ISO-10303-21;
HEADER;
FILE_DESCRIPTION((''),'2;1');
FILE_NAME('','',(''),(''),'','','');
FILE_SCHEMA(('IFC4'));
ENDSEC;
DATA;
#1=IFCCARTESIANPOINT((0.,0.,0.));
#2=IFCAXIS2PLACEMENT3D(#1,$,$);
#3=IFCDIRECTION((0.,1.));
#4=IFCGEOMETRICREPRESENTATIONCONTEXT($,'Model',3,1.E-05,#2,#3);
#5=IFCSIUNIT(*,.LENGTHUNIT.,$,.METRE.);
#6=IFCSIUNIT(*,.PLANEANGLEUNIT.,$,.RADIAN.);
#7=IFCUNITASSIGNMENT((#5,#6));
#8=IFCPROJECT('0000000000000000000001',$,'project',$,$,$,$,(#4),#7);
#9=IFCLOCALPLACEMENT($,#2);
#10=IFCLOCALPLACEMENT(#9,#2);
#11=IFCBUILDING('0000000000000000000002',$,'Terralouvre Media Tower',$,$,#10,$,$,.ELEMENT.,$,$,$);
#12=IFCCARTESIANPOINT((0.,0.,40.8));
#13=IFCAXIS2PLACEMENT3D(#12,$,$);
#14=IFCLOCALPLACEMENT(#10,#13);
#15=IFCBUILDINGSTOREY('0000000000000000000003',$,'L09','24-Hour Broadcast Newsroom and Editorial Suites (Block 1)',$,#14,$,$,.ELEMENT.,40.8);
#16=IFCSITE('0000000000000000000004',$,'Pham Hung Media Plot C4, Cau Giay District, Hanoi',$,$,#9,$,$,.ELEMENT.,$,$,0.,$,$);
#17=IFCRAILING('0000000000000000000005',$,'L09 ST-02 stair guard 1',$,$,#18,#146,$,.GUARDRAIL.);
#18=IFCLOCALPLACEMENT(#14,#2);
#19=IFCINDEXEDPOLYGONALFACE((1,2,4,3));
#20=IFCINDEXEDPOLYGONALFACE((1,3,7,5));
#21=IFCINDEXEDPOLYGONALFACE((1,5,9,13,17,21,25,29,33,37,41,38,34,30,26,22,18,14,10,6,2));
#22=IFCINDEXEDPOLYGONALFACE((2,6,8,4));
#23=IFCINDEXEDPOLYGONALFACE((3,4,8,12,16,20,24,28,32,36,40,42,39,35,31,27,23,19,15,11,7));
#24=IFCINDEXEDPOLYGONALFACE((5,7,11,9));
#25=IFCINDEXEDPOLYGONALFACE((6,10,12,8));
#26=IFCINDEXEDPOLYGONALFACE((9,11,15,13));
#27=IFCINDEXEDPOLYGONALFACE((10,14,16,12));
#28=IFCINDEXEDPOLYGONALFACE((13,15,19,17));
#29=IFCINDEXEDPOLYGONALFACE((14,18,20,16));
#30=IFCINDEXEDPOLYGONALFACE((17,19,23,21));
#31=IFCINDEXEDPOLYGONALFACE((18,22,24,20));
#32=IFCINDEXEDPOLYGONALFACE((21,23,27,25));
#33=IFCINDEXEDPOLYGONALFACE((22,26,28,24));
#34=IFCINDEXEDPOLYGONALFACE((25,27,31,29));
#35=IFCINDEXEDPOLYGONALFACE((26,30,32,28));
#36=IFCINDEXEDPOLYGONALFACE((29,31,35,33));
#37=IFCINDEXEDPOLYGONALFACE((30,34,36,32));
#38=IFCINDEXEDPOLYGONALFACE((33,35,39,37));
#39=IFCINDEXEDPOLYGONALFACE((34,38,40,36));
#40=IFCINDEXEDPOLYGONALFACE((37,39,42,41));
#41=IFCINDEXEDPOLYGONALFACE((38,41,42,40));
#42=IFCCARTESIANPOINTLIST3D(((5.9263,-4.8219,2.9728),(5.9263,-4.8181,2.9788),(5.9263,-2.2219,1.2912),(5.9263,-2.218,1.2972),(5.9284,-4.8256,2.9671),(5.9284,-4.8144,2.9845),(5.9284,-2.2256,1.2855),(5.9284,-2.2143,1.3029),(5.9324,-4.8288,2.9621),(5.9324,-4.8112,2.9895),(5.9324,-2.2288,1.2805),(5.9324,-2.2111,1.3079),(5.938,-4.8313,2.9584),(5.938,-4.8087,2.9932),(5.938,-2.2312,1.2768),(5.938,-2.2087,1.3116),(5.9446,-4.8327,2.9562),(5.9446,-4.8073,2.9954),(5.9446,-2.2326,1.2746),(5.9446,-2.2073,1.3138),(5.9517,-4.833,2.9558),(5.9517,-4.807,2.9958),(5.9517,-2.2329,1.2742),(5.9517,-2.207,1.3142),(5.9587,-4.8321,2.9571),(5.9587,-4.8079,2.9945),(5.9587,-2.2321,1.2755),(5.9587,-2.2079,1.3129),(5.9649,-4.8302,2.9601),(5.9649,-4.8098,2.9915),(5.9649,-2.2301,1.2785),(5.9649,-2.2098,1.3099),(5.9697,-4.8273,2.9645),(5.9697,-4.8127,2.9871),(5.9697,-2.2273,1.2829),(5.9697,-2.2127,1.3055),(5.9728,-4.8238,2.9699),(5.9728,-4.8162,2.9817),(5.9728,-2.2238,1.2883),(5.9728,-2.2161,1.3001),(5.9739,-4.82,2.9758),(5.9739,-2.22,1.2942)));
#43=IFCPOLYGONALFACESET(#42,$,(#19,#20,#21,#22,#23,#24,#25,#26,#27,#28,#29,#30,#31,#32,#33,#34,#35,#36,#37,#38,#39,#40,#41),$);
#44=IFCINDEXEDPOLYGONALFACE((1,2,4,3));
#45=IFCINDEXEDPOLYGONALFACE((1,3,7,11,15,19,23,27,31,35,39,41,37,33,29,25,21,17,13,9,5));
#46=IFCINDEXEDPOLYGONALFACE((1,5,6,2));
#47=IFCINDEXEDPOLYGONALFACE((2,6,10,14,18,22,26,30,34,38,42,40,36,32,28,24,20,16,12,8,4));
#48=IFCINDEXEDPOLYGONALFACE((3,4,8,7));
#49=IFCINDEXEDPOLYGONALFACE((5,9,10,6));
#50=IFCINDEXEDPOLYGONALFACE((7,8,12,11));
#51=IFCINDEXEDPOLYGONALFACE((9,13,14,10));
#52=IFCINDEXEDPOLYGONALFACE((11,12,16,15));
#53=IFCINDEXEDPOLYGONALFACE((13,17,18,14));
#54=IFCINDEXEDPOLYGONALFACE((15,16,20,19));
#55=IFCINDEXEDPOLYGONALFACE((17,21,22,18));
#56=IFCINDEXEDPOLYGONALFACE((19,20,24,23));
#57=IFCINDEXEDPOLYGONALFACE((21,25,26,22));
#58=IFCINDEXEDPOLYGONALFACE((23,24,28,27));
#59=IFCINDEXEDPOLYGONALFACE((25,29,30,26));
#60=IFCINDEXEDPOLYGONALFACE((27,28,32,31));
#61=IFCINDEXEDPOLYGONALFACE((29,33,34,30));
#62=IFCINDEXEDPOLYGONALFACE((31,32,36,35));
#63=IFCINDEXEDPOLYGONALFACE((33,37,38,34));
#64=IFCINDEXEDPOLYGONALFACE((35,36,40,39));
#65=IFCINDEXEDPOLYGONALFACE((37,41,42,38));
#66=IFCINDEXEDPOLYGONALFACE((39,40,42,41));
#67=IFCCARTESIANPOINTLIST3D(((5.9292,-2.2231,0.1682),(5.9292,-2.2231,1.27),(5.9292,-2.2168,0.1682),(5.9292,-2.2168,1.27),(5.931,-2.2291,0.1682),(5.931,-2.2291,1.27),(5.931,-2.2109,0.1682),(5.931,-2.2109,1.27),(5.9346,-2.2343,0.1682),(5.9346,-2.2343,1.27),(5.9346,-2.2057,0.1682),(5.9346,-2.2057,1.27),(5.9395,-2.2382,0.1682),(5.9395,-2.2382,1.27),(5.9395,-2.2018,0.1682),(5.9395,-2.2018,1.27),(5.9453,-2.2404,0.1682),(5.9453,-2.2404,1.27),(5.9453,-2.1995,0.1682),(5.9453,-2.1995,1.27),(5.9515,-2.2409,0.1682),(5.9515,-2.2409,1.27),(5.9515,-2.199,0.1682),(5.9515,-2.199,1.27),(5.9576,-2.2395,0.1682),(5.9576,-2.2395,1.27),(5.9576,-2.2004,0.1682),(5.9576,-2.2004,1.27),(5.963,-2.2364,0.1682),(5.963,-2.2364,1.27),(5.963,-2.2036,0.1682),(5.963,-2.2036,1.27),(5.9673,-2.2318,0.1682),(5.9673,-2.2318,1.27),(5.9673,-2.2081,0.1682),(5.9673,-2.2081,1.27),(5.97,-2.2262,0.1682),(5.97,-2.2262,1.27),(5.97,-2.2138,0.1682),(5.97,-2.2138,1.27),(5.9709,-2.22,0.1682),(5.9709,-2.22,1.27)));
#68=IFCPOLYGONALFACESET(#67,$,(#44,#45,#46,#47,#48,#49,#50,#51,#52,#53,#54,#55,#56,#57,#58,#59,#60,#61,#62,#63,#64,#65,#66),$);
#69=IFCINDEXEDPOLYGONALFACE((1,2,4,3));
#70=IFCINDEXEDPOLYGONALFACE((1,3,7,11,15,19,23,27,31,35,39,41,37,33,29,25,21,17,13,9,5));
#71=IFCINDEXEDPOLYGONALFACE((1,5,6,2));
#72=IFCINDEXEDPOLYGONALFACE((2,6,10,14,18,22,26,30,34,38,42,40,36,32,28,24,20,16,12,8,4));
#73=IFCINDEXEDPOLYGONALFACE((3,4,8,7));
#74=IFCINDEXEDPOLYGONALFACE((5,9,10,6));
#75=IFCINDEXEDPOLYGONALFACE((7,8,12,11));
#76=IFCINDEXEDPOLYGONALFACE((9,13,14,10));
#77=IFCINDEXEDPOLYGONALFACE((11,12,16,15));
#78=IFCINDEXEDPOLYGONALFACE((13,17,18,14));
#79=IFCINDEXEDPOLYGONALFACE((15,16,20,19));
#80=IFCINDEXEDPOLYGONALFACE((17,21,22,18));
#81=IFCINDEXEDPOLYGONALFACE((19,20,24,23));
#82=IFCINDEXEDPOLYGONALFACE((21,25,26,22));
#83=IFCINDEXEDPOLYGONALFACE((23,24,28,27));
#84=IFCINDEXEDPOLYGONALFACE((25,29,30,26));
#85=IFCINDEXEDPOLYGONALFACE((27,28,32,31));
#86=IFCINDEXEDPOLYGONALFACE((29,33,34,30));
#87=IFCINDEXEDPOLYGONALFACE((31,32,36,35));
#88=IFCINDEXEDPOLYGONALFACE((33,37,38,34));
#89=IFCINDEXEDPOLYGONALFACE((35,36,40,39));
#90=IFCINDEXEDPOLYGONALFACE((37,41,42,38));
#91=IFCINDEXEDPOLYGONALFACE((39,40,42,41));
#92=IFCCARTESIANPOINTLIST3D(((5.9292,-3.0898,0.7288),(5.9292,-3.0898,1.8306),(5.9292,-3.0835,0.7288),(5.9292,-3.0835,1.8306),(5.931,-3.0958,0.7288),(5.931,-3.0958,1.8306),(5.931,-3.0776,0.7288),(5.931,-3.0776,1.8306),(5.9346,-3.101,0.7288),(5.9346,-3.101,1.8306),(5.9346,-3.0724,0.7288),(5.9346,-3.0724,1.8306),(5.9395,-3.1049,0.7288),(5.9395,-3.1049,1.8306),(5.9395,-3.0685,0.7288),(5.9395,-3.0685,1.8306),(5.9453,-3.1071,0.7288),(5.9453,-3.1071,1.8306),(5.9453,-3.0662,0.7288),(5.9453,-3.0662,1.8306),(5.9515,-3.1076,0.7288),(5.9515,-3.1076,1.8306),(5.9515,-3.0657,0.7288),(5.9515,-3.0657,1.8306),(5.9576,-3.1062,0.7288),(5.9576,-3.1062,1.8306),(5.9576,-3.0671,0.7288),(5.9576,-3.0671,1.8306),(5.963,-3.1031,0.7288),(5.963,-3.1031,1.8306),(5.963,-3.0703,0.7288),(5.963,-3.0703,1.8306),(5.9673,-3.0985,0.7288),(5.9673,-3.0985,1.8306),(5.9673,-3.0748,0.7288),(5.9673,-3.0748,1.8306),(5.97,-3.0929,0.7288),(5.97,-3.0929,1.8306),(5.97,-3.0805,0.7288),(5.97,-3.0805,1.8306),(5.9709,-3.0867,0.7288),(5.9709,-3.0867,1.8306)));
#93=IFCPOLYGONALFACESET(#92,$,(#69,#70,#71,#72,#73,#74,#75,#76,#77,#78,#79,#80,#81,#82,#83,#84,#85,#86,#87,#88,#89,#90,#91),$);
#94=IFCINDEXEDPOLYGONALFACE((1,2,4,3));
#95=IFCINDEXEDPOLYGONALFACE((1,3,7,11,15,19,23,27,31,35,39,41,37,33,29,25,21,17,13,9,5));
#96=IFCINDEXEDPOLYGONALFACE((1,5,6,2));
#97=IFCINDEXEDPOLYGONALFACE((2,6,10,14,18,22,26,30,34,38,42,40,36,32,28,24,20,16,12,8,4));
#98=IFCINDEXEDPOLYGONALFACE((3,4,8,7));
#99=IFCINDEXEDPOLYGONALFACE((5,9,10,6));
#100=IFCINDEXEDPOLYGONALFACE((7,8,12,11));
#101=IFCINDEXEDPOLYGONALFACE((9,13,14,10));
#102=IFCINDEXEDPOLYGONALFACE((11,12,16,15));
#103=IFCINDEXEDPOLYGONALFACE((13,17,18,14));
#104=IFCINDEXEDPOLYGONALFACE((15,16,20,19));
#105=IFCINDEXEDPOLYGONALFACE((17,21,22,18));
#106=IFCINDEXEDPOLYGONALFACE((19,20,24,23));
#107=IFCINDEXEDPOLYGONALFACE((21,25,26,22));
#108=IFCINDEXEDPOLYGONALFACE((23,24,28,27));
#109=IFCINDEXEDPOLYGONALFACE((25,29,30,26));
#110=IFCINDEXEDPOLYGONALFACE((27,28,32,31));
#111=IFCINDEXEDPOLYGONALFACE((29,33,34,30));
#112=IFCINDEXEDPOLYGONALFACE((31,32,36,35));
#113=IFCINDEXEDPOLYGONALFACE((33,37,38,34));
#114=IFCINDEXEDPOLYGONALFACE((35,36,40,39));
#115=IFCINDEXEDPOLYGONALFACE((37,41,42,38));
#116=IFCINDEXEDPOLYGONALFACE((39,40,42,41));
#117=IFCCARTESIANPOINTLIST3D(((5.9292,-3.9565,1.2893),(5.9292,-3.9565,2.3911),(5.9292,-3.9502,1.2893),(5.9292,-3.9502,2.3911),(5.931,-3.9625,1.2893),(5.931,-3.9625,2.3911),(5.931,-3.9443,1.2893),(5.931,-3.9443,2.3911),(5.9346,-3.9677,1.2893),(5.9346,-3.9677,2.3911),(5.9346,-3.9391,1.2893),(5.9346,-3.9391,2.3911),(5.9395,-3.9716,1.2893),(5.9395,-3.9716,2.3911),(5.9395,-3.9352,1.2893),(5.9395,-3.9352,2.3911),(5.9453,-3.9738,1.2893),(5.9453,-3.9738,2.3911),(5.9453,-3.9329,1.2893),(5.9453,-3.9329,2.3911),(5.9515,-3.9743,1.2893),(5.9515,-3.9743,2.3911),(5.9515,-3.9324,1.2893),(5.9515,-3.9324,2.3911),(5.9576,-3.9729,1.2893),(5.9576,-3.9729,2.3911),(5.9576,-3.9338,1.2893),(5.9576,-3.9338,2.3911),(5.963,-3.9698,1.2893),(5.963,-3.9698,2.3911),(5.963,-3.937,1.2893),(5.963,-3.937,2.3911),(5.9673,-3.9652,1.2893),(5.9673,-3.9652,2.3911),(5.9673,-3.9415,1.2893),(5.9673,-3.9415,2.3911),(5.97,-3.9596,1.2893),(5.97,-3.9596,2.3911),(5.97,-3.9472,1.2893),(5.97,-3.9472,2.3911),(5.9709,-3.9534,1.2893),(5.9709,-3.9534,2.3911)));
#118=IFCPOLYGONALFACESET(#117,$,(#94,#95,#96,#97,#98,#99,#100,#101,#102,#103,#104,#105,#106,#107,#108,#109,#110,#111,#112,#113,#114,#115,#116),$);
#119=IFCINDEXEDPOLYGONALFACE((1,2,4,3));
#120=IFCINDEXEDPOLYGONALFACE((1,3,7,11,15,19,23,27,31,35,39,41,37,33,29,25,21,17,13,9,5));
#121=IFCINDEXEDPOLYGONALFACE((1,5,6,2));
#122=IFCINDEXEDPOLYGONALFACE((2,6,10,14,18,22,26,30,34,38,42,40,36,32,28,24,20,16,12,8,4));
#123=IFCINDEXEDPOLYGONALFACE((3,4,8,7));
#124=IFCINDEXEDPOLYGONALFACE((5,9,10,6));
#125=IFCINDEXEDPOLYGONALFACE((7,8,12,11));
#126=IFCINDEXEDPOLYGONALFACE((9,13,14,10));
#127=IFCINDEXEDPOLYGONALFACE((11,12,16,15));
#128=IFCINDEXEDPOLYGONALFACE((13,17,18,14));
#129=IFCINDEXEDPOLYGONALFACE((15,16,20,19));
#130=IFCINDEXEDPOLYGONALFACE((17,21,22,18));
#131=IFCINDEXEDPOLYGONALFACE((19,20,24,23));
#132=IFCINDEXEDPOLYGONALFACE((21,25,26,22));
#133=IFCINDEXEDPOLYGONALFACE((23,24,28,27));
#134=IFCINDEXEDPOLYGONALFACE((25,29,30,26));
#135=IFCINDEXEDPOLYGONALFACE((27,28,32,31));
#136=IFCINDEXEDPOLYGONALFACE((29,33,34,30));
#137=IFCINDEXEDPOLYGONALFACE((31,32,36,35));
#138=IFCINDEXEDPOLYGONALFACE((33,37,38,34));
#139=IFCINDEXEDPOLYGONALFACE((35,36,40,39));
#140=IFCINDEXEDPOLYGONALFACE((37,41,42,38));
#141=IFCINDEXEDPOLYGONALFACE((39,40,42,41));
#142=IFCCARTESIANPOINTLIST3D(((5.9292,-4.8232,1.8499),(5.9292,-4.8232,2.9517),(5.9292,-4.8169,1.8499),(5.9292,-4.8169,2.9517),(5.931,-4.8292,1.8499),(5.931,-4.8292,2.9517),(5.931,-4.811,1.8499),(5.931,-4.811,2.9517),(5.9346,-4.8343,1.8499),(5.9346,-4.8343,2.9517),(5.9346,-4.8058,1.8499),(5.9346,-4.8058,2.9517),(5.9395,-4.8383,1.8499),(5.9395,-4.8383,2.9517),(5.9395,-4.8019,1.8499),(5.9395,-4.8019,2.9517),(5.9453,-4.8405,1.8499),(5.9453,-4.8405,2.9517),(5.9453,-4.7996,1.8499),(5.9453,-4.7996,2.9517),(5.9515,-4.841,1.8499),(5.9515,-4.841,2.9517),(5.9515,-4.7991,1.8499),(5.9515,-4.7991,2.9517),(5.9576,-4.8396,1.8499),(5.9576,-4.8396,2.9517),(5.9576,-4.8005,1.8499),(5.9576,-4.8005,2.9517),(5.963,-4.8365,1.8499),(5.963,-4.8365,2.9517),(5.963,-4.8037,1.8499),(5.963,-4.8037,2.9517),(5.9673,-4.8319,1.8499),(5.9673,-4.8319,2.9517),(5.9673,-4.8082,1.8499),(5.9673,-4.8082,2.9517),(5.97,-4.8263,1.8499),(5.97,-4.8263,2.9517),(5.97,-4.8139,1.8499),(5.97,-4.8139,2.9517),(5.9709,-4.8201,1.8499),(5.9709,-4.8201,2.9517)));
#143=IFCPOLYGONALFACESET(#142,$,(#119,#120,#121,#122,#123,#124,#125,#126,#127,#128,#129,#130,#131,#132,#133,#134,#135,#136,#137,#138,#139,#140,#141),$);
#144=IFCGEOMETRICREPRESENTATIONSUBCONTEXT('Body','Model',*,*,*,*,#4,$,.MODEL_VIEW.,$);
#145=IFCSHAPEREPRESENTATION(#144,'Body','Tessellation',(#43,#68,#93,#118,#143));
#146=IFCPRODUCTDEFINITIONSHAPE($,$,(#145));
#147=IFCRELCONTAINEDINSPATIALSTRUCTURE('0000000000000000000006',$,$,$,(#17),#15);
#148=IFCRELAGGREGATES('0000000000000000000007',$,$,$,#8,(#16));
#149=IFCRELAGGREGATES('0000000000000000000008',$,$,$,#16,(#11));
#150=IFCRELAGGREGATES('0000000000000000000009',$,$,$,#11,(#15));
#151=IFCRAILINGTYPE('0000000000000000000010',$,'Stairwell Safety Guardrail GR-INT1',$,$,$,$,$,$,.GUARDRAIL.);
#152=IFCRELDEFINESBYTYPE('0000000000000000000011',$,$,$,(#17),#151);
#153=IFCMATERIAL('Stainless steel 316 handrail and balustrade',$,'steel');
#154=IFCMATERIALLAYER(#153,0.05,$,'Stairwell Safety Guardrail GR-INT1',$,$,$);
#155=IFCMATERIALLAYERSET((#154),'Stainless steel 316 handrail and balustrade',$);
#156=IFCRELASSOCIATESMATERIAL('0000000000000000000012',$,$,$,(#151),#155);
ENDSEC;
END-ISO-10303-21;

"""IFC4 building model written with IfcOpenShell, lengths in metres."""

from ifc_helpers import new_model, si_unit, direction, frame, origin, origin_2d, place, context, subcontext, project, spatial, circle, extrude, material, layer, layer_set, type_object, element, save


model = new_model("IFC4")

# Units and contexts
model_context = context("Model", 3, precision=1e-05, world=origin(), true_north=direction((0.0, 1.0)))
body_context = subcontext(model_context, "Body", "Model", "MODEL_VIEW")
ifc_project = project(units=[si_unit("LENGTHUNIT", "METRE"), si_unit("PLANEANGLEUNIT", "RADIAN")], contexts=[model_context])

# Site, building, storey
site_placement = place(None, origin())
site = spatial("IfcSite", under=ifc_project, at=site_placement, Name="Pham Hung Media Plot C4, Cau Giay District, Hanoi", CompositionType="ELEMENT", RefElevation=0.0)
building_placement = place(site_placement, origin())
building = spatial("IfcBuilding", under=site, at=building_placement, Name="Terralouvre Media Tower", CompositionType="ELEMENT")
storey_placement = place(building_placement, frame((0.0, 0.0, 40.8)))
storey = spatial("IfcBuildingStorey", under=building, at=storey_placement, Name="L09", Description="24-Hour Broadcast Newsroom and Editorial Suites (Block 1)", CompositionType="ELEMENT", Elevation=40.8)

# Railing
ifc_material_1 = material(Name="Stainless steel 316 handrail and balustrade", Category="steel")
ifc_layer_1 = layer(ifc_material_1, 0.05, Name="Stairwell Safety Guardrail GR-INT1")
ifc_layer_set_1 = layer_set([ifc_layer_1], Name="Stainless steel 316 handrail and balustrade")
railing_type = type_object("IfcRailingType", Name="Stairwell Safety Guardrail GR-INT1", PredefinedType="GUARDRAIL", material=ifc_layer_set_1)
railing_1_placement = place(storey_placement, frame((5.95, -2.22, 0.1682)))
element("IfcRailing", 1, at=railing_1_placement, inside=storey, type_object=railing_type, Name="L09 ST-02 stair guard 1", PredefinedType="GUARDRAIL", context=body_context, shape_type="SweptSolid", body=[
    extrude(circle(Radius=0.0239, at=origin_2d()), frame((0.0, 0.0, 1.126), z_axis=(0.0, -0.839684, 0.543075), x_axis=(1.0, 0.0, 0.0)), (0.0, 0.0, 1.0), 3.0964),
    extrude(circle(Radius=0.021, at=origin_2d()), origin(), (0.0, 0.0, 1.0), 1.1018),
    extrude(circle(Radius=0.021, at=origin_2d()), frame((0.0, -0.8667, 0.5605)), (0.0, 0.0, 1.0), 1.1018),
    extrude(circle(Radius=0.021, at=origin_2d()), frame((0.0, -1.7334, 1.1211)), (0.0, 0.0, 1.0), 1.1018),
    extrude(circle(Radius=0.021, at=origin_2d()), frame((0.0, -2.6001, 1.6816)), (0.0, 0.0, 1.0), 1.1018),
])

save(model, "model.ifc")
